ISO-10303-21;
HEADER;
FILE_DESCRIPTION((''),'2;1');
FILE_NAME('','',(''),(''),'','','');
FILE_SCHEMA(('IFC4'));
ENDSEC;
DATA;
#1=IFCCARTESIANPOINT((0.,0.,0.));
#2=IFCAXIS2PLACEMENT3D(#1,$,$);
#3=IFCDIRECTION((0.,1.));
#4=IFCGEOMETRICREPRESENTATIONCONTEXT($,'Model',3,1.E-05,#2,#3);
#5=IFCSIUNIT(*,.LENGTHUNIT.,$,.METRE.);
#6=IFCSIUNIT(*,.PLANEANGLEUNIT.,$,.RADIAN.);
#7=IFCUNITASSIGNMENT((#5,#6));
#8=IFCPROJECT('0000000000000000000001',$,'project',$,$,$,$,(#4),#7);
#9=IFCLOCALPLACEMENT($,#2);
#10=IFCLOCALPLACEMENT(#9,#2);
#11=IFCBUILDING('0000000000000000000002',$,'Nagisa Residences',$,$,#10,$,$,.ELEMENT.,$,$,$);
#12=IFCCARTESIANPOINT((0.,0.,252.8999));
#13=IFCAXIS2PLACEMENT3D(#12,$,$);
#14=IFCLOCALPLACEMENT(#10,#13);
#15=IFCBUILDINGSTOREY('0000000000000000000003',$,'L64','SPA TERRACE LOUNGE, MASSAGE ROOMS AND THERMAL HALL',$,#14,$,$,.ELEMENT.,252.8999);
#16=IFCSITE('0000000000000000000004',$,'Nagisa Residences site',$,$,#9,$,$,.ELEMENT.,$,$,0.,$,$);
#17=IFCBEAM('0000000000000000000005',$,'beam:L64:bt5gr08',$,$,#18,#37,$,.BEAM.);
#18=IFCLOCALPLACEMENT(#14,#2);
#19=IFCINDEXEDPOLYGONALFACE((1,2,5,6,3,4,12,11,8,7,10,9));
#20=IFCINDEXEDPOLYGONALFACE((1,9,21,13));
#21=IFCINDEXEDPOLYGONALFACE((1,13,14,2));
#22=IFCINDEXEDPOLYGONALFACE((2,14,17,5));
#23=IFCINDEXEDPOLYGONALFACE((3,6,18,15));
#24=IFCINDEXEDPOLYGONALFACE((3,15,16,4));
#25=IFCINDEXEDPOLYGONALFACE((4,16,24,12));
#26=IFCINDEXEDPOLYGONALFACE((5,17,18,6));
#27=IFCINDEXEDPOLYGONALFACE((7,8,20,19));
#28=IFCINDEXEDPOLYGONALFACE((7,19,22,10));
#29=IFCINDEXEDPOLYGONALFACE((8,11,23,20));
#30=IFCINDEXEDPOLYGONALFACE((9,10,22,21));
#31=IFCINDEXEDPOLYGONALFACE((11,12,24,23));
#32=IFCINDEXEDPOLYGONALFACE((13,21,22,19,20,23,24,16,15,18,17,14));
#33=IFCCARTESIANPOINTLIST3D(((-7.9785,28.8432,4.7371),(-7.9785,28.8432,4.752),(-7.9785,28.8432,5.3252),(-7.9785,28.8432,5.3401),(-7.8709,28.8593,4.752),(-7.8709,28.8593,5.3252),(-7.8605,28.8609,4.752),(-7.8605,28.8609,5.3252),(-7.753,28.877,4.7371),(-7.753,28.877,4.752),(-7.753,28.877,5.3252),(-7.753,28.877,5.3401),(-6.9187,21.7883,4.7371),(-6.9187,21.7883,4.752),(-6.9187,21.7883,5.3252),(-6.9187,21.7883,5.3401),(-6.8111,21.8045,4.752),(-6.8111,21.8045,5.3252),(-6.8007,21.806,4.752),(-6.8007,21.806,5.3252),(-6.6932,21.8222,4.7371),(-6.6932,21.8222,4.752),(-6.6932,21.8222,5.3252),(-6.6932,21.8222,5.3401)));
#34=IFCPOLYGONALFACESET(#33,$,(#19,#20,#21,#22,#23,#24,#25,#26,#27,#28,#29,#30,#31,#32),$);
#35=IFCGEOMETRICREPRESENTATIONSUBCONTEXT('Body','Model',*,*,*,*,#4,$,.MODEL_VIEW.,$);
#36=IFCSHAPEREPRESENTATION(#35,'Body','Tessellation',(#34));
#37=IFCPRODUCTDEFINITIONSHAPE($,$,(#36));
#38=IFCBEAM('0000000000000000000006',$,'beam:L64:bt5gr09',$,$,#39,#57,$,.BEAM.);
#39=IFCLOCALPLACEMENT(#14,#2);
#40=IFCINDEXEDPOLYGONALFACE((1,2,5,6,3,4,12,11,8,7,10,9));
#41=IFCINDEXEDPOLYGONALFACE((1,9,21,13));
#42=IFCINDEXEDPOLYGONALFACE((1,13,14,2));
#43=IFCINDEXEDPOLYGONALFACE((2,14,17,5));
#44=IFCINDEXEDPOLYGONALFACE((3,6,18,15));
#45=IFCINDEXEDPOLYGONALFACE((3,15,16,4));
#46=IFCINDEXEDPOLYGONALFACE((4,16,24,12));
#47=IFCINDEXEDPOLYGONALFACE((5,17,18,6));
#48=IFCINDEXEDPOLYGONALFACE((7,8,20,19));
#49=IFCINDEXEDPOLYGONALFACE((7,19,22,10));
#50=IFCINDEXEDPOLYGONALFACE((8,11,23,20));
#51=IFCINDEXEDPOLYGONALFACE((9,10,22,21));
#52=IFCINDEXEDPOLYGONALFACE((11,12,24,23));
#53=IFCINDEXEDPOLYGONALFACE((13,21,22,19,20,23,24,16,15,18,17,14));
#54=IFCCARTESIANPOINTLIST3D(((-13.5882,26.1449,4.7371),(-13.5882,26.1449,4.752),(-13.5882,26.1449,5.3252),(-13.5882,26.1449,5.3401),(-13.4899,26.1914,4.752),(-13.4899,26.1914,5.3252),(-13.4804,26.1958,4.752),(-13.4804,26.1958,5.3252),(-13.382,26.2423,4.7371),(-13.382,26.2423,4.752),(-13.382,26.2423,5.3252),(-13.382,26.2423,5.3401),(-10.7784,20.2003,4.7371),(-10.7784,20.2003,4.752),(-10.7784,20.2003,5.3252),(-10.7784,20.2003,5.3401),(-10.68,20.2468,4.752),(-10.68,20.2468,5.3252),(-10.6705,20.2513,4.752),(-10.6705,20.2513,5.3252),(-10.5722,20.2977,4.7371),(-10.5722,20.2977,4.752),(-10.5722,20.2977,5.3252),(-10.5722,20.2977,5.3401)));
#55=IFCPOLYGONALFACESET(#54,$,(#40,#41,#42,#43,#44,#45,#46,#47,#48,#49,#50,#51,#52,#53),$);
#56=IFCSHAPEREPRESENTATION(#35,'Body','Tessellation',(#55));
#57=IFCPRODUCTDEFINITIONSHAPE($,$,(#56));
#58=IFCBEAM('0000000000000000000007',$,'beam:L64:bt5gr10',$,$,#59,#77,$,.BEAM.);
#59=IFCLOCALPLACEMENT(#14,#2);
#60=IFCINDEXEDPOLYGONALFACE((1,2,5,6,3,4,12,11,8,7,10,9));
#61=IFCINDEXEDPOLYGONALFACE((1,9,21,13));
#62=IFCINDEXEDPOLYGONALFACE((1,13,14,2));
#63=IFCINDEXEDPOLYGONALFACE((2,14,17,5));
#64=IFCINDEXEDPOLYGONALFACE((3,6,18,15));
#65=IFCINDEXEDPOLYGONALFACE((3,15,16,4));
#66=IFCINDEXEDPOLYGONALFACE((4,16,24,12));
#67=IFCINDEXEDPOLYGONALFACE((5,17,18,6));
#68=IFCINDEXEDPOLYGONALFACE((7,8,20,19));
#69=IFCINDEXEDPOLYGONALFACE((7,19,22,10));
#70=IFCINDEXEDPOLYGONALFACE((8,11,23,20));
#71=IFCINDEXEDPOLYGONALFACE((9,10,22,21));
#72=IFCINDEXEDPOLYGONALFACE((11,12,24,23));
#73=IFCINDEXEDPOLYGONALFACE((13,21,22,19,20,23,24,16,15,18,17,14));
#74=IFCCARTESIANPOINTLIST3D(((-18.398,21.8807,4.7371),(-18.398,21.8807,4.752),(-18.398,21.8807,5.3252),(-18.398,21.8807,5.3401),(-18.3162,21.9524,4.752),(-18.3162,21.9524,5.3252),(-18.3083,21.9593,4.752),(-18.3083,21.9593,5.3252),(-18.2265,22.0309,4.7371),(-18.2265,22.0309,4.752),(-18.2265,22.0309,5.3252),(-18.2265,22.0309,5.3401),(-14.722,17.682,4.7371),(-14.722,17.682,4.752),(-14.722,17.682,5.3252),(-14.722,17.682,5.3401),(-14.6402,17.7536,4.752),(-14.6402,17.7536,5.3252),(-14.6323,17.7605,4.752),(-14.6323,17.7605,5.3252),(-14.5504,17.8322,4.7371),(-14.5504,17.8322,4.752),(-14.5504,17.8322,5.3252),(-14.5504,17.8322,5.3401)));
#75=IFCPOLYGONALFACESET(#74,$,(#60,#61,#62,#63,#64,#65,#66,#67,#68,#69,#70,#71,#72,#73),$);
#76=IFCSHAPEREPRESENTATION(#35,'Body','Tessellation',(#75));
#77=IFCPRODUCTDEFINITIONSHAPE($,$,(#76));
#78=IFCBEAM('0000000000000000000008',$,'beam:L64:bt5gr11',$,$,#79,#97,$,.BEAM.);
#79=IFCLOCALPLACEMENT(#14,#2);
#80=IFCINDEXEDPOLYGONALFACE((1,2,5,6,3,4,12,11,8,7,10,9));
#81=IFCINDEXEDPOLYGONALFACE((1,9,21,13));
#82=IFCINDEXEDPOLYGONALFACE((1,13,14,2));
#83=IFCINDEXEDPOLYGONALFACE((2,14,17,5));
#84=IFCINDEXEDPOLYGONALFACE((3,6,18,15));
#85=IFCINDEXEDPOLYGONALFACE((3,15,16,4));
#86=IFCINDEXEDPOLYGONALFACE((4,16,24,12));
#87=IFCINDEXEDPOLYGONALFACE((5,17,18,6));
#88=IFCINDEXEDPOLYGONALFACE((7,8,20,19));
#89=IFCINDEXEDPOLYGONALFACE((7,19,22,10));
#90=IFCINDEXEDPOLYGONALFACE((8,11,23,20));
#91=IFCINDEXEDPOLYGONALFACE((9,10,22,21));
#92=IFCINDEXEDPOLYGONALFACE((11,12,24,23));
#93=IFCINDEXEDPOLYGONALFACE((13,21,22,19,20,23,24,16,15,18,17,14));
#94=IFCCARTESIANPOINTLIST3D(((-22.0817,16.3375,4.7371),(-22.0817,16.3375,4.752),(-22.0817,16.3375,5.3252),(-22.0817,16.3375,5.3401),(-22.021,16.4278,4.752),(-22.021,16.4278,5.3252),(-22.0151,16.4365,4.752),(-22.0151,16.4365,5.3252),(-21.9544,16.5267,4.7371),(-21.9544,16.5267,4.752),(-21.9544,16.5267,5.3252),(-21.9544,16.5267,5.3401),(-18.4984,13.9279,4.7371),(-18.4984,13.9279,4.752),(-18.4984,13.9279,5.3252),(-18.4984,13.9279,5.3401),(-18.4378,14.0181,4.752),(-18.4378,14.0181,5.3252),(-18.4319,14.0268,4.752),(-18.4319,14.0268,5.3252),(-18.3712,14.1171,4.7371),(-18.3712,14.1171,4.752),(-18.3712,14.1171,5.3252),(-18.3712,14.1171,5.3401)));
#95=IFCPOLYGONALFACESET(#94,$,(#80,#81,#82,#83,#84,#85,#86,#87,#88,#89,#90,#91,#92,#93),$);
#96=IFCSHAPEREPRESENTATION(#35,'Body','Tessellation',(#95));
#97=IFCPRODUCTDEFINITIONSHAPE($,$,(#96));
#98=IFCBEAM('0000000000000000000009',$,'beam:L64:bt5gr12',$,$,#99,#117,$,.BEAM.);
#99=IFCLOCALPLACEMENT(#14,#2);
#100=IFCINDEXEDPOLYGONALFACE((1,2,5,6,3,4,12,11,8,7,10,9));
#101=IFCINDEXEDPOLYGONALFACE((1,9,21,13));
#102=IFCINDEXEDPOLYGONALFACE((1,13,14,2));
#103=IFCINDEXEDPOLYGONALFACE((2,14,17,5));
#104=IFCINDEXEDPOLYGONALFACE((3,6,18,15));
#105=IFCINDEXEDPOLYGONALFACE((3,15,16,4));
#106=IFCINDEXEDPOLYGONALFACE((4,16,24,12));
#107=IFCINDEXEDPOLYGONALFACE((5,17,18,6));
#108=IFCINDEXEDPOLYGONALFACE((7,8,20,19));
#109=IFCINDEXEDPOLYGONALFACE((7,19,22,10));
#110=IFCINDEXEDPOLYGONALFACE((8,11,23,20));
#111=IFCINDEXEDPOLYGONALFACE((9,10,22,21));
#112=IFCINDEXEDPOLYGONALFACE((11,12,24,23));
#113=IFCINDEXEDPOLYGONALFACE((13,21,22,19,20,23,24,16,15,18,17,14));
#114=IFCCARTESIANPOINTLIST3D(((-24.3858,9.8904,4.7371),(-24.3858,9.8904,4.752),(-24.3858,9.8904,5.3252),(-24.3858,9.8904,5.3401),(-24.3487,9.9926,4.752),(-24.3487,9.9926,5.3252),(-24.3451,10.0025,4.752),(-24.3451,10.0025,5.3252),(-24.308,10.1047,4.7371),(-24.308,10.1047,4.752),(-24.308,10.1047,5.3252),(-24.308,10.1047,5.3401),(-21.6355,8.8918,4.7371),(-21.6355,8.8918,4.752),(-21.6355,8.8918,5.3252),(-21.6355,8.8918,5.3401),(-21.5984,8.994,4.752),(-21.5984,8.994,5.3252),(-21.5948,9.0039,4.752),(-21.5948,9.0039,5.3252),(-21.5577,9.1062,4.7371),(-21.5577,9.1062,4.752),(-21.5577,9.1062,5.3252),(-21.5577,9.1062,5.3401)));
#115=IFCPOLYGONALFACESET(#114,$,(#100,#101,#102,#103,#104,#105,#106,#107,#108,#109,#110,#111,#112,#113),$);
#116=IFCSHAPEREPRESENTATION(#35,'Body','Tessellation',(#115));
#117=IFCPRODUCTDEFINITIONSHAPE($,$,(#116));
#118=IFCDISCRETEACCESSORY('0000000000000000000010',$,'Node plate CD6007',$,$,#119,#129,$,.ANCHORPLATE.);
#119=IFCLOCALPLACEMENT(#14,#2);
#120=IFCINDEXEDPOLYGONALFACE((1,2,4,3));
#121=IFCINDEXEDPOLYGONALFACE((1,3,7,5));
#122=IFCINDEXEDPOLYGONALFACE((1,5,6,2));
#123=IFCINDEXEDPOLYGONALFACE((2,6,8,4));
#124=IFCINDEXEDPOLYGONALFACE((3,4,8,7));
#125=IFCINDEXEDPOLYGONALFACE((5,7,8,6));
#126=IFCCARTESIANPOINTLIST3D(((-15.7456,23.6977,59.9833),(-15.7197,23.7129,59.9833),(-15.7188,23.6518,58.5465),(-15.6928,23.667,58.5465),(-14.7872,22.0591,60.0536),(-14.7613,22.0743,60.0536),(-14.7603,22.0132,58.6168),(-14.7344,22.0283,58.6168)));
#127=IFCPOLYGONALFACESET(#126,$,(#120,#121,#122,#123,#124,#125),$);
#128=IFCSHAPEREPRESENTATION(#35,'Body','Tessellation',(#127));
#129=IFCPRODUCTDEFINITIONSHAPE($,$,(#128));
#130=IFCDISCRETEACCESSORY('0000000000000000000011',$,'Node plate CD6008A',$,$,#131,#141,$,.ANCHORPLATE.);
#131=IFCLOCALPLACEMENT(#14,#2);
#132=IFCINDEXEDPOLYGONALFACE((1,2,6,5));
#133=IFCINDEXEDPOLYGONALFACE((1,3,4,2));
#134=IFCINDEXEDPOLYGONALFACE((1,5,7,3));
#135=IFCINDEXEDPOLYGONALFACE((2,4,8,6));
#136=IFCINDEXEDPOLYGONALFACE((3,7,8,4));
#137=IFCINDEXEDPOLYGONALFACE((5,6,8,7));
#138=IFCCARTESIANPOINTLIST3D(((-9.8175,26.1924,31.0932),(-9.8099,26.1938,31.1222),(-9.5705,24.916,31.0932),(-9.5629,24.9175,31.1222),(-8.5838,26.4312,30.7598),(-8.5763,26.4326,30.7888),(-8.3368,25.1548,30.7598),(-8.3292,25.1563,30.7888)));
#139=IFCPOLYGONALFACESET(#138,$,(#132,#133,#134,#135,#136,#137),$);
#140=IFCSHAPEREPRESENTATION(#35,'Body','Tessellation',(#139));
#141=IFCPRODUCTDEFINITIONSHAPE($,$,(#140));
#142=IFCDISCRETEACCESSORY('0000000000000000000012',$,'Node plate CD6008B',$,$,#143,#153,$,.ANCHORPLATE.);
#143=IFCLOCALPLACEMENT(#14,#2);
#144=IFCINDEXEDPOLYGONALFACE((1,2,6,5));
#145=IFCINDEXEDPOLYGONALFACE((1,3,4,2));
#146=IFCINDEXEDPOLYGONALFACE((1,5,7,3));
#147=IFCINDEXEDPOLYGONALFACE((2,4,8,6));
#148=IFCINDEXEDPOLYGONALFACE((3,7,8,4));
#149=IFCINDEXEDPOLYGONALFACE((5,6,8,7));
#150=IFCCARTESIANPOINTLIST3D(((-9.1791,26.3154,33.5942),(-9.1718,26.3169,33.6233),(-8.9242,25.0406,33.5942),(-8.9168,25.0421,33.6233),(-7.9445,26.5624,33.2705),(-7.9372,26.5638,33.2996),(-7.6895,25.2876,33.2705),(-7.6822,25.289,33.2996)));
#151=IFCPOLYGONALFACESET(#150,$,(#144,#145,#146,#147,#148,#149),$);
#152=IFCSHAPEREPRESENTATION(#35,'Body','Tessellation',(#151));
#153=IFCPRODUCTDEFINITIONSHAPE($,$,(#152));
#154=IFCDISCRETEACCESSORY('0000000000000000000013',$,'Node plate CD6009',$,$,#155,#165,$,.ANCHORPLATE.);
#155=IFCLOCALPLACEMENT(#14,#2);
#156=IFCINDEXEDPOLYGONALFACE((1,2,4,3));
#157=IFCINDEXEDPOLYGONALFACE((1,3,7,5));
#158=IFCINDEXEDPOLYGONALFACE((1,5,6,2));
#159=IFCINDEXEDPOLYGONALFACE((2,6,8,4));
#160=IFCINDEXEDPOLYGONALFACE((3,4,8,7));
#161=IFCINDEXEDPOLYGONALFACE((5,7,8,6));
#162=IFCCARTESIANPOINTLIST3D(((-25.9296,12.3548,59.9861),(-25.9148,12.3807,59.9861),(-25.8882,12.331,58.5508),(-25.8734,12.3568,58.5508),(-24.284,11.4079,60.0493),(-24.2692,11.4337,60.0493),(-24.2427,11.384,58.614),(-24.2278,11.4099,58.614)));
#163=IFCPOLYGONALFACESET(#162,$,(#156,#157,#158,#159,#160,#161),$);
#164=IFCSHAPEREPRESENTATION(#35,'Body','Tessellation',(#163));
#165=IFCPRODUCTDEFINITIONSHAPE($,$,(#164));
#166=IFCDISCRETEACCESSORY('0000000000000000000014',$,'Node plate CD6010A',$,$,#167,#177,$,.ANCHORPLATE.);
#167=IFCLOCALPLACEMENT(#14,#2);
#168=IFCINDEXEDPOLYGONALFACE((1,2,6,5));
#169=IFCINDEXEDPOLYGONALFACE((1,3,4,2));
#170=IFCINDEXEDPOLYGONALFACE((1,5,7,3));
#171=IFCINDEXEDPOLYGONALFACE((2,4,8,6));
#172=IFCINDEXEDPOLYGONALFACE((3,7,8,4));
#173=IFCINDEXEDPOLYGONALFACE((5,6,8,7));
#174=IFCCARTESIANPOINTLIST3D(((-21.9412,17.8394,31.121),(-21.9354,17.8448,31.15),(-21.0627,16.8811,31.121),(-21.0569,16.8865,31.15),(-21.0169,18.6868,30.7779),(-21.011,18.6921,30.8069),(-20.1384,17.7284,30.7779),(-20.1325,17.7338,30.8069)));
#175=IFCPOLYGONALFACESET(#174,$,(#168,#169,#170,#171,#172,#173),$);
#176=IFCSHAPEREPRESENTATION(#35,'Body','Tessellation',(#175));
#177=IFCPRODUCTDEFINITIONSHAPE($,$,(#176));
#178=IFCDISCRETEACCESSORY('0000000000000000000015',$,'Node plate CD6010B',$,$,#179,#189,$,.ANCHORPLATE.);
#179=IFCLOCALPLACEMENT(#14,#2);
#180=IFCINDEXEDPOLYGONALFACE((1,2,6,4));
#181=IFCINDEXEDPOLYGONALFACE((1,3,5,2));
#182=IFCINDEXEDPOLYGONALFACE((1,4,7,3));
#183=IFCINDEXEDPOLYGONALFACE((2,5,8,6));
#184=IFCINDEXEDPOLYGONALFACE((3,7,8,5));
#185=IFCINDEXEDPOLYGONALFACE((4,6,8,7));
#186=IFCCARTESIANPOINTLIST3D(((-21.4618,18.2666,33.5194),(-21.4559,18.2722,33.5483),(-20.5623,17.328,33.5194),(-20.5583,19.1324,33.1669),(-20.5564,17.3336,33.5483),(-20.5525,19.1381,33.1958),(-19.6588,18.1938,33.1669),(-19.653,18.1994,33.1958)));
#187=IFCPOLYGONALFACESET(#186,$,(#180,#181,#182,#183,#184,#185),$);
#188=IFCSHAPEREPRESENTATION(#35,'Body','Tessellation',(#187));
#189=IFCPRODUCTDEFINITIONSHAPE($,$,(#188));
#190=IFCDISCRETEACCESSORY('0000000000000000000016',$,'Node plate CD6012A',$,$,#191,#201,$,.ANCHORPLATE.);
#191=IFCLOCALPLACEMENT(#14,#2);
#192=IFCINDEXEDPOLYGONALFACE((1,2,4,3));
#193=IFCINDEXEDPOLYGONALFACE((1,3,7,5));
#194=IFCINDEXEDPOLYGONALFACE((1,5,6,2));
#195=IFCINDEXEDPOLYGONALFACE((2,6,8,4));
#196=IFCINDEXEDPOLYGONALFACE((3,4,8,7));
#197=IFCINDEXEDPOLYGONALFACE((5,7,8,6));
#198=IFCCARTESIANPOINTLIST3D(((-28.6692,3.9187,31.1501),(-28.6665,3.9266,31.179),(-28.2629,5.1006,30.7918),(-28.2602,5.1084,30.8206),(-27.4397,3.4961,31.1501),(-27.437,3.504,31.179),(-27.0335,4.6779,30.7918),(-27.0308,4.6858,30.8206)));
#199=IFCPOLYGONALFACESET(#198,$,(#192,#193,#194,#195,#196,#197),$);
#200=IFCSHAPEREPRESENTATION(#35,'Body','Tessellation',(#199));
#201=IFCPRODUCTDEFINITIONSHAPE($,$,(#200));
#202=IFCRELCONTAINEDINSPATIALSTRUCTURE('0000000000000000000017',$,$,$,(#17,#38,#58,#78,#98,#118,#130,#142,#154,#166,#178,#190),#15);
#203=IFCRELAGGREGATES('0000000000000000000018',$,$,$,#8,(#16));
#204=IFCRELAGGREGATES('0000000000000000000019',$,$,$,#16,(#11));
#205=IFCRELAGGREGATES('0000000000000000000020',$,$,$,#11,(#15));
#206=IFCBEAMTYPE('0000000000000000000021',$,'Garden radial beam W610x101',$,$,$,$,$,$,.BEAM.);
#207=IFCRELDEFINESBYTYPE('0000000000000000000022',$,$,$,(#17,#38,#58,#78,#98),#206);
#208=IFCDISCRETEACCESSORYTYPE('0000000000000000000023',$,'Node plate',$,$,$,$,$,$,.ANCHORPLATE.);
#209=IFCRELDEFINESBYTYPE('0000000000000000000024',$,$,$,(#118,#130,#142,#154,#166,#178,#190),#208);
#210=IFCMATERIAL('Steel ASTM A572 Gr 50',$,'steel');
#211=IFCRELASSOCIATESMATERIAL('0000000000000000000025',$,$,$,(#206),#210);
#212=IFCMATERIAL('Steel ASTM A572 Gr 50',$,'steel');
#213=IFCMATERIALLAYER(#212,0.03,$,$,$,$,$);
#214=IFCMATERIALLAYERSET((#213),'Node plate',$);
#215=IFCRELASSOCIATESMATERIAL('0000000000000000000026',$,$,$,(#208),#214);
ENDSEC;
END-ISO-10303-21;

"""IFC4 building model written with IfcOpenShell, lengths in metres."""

from ifc_helpers import new_model, si_unit, direction, frame, origin, origin_2d, place, context, subcontext, project, spatial, rectangle, i_section, extrude, material, layer, layer_set, material_profile, profile_set, type_object, element, save


model = new_model("IFC4")

# Units and contexts
model_context = context("Model", 3, precision=1e-05, world=origin(), true_north=direction((0.0, 1.0)))
body_context = subcontext(model_context, "Body", "Model", "MODEL_VIEW")
ifc_project = project(units=[si_unit("LENGTHUNIT", "METRE"), si_unit("PLANEANGLEUNIT", "RADIAN")], contexts=[model_context])

# Site, building, storey
site_placement = place(None, origin())
site = spatial("IfcSite", under=ifc_project, at=site_placement, Name="Nagisa Residences site", CompositionType="ELEMENT", RefElevation=0.0)
building_placement = place(site_placement, origin())
building = spatial("IfcBuilding", under=site, at=building_placement, Name="Nagisa Residences", CompositionType="ELEMENT")
storey_placement = place(building_placement, frame((0.0, 0.0, 252.8999)))
storey = spatial("IfcBuildingStorey", under=building, at=storey_placement, Name="L64", Description="SPA TERRACE LOUNGE, MASSAGE ROOMS AND THERMAL HALL", CompositionType="ELEMENT", Elevation=252.8999)

# Beams
ifc_material_1 = material(Name="Steel ASTM A572 Gr 50", Category="steel")
ifc_material_profile_1 = material_profile(ifc_material_1, i_section(OverallWidth=0.228, OverallDepth=0.603, WebThickness=0.0105, FlangeThickness=0.0149, at=origin_2d()), Name="W610x101")
ifc_profile_set_1 = profile_set([ifc_material_profile_1], Name="Steel ASTM A572 Gr 50")
beam_type_1 = type_object("IfcBeamType", Name="Garden radial beam W610x101", PredefinedType="BEAM", material=ifc_profile_set_1)
beam_1_placement = place(storey_placement, frame((-7.8657, 28.8601, 5.0386), z_axis=(0.148556, -0.988904, 0.0), x_axis=(0.988904, 0.148556, 0.0)))
element("IfcBeam", 1, at=beam_1_placement, inside=storey, type_object=beam_type_1, Name="beam:L64:bt5gr08", PredefinedType="BEAM", context=body_context, shape_type="SweptSolid", body=[
    extrude(i_section(OverallWidth=0.228, OverallDepth=0.603, WebThickness=0.0105, FlangeThickness=0.0149, at=origin_2d()), origin(), (0.0, 0.0, 1.0), 7.134),
])
beam_2_placement = place(storey_placement, frame((-13.4851, 26.1936, 5.0386), z_axis=(0.427336, -0.904093, 0.0), x_axis=(0.904093, 0.427336, 0.0)))
element("IfcBeam", 2, at=beam_2_placement, inside=storey, type_object=beam_type_1, Name="beam:L64:bt5gr09", PredefinedType="BEAM", context=body_context, shape_type="SweptSolid", body=[
    extrude(i_section(OverallWidth=0.228, OverallDepth=0.603, WebThickness=0.0105, FlangeThickness=0.0149, at=origin_2d()), origin(), (0.0, 0.0, 1.0), 6.5752),
])
beam_3_placement = place(storey_placement, frame((-18.3123, 21.9558, 5.0386), z_axis=(0.658721, -0.752387, 0.0), x_axis=(0.752387, 0.658721, 0.0)))
element("IfcBeam", 3, at=beam_3_placement, inside=storey, type_object=beam_type_1, Name="beam:L64:bt5gr10", PredefinedType="BEAM", context=body_context, shape_type="SweptSolid", body=[
    extrude(i_section(OverallWidth=0.228, OverallDepth=0.603, WebThickness=0.0105, FlangeThickness=0.0149, at=origin_2d()), origin(), (0.0, 0.0, 1.0), 5.5806),
])
beam_4_placement = place(storey_placement, frame((-22.0181, 16.4321, 5.0386), z_axis=(0.829817, -0.558036, 0.0), x_axis=(0.558036, 0.829817, 0.0)))
element("IfcBeam", 4, at=beam_4_placement, inside=storey, type_object=beam_type_1, Name="beam:L64:bt5gr11", PredefinedType="BEAM", context=body_context, shape_type="SweptSolid", body=[
    extrude(i_section(OverallWidth=0.228, OverallDepth=0.603, WebThickness=0.0105, FlangeThickness=0.0149, at=origin_2d()), origin(), (0.0, 0.0, 1.0), 4.3181),
])
beam_5_placement = place(storey_placement, frame((-24.3469, 9.9976, 5.0386), z_axis=(0.939964, -0.341274, 0.0), x_axis=(0.341274, 0.939964, 0.0)))
element("IfcBeam", 5, at=beam_5_placement, inside=storey, type_object=beam_type_1, Name="beam:L64:bt5gr12", PredefinedType="BEAM", context=body_context, shape_type="SweptSolid", body=[
    extrude(i_section(OverallWidth=0.228, OverallDepth=0.603, WebThickness=0.0105, FlangeThickness=0.0149, at=origin_2d()), origin(), (0.0, 0.0, 1.0), 2.926),
])

# Discrete accessories
ifc_material_2 = material(Name="Steel ASTM A572 Gr 50", Category="steel")
ifc_layer = layer(ifc_material_2, 0.03)
ifc_layer_set = layer_set([ifc_layer], Name="Node plate")
discrete_accessory_type = type_object("IfcDiscreteAccessoryType", Name="Node plate", PredefinedType="ANCHORPLATE", material=ifc_layer_set)
discrete_accessory_1_placement = place(storey_placement, frame((-15.2271, 22.8706, 59.3), z_axis=(-0.863188, -0.504883, 0.0), x_axis=(0.018685, -0.031945, -0.999315)))
element("IfcDiscreteAccessory", 6, at=discrete_accessory_1_placement, inside=storey, type_object=discrete_accessory_type, Name="Node plate CD6007", PredefinedType="ANCHORPLATE", context=body_context, shape_type="SweptSolid", body=[
    extrude(rectangle(XDim=1.4377, YDim=1.8997, at=origin_2d()), origin(), (0.0, 0.0, 1.0), 0.03),
])
for number, where, z_axis, x_axis, name in (
    (7, (-9.0771, 25.6736, 30.9265), (0.251791, 0.048734, 0.966554), (-0.190022, 0.98178, 0.0), "Node plate CD6008A"),
    (8, (-8.427, 25.803, 33.4614), (-0.244161, -0.048832, -0.968504), (0.196116, -0.980581, 0.0), "Node plate CD6008B"),
):
    element("IfcDiscreteAccessory", number, at=place(storey_placement, frame(where, z_axis=z_axis, x_axis=x_axis)), inside=storey, type_object=discrete_accessory_type, Name=name, PredefinedType="ANCHORPLATE", context=body_context, shape_type="SweptSolid", body=[
        extrude(rectangle(XDim=1.3, YDim=1.3, at=origin_2d()), origin(), (0.0, 0.0, 1.0), 0.03),
    ])
discrete_accessory_2_placement = place(storey_placement, frame((-25.0713, 11.8953, 59.3), z_axis=(-0.498778, -0.86673, 0.0), x_axis=(0.02882, -0.016585, -0.999447)))
element("IfcDiscreteAccessory", 9, at=discrete_accessory_2_placement, inside=storey, type_object=discrete_accessory_type, Name="Node plate CD6009", PredefinedType="ANCHORPLATE", context=body_context, shape_type="SweptSolid", body=[
    extrude(rectangle(XDim=1.436, YDim=1.8997, at=origin_2d()), origin(), (0.0, 0.0, 1.0), 0.0298),
])
for number, where, z_axis, x_axis, name in (
    (10, (-21.0398, 17.7839, 30.9495), (0.194531, 0.17832, 0.964551), (-0.675725, 0.737154, 0.0), "Node plate CD6010A"),
    (11, (-20.5544, 18.2358, 33.3721), (-0.19577, -0.187613, -0.962536), (0.691905, -0.721988, 0.0), "Node plate CD6010B"),
    (12, (-27.8513, 4.2983, 30.9709), (0.089609, 0.26068, 0.961258), (-0.945687, 0.32508, 0.0), "Node plate CD6012A"),
):
    element("IfcDiscreteAccessory", number, at=place(storey_placement, frame(where, z_axis=z_axis, x_axis=x_axis)), inside=storey, type_object=discrete_accessory_type, Name=name, PredefinedType="ANCHORPLATE", context=body_context, shape_type="SweptSolid", body=[
        extrude(rectangle(XDim=1.3, YDim=1.3, at=origin_2d()), origin(), (0.0, 0.0, 1.0), 0.03),
    ])

save(model, "model.ifc")
